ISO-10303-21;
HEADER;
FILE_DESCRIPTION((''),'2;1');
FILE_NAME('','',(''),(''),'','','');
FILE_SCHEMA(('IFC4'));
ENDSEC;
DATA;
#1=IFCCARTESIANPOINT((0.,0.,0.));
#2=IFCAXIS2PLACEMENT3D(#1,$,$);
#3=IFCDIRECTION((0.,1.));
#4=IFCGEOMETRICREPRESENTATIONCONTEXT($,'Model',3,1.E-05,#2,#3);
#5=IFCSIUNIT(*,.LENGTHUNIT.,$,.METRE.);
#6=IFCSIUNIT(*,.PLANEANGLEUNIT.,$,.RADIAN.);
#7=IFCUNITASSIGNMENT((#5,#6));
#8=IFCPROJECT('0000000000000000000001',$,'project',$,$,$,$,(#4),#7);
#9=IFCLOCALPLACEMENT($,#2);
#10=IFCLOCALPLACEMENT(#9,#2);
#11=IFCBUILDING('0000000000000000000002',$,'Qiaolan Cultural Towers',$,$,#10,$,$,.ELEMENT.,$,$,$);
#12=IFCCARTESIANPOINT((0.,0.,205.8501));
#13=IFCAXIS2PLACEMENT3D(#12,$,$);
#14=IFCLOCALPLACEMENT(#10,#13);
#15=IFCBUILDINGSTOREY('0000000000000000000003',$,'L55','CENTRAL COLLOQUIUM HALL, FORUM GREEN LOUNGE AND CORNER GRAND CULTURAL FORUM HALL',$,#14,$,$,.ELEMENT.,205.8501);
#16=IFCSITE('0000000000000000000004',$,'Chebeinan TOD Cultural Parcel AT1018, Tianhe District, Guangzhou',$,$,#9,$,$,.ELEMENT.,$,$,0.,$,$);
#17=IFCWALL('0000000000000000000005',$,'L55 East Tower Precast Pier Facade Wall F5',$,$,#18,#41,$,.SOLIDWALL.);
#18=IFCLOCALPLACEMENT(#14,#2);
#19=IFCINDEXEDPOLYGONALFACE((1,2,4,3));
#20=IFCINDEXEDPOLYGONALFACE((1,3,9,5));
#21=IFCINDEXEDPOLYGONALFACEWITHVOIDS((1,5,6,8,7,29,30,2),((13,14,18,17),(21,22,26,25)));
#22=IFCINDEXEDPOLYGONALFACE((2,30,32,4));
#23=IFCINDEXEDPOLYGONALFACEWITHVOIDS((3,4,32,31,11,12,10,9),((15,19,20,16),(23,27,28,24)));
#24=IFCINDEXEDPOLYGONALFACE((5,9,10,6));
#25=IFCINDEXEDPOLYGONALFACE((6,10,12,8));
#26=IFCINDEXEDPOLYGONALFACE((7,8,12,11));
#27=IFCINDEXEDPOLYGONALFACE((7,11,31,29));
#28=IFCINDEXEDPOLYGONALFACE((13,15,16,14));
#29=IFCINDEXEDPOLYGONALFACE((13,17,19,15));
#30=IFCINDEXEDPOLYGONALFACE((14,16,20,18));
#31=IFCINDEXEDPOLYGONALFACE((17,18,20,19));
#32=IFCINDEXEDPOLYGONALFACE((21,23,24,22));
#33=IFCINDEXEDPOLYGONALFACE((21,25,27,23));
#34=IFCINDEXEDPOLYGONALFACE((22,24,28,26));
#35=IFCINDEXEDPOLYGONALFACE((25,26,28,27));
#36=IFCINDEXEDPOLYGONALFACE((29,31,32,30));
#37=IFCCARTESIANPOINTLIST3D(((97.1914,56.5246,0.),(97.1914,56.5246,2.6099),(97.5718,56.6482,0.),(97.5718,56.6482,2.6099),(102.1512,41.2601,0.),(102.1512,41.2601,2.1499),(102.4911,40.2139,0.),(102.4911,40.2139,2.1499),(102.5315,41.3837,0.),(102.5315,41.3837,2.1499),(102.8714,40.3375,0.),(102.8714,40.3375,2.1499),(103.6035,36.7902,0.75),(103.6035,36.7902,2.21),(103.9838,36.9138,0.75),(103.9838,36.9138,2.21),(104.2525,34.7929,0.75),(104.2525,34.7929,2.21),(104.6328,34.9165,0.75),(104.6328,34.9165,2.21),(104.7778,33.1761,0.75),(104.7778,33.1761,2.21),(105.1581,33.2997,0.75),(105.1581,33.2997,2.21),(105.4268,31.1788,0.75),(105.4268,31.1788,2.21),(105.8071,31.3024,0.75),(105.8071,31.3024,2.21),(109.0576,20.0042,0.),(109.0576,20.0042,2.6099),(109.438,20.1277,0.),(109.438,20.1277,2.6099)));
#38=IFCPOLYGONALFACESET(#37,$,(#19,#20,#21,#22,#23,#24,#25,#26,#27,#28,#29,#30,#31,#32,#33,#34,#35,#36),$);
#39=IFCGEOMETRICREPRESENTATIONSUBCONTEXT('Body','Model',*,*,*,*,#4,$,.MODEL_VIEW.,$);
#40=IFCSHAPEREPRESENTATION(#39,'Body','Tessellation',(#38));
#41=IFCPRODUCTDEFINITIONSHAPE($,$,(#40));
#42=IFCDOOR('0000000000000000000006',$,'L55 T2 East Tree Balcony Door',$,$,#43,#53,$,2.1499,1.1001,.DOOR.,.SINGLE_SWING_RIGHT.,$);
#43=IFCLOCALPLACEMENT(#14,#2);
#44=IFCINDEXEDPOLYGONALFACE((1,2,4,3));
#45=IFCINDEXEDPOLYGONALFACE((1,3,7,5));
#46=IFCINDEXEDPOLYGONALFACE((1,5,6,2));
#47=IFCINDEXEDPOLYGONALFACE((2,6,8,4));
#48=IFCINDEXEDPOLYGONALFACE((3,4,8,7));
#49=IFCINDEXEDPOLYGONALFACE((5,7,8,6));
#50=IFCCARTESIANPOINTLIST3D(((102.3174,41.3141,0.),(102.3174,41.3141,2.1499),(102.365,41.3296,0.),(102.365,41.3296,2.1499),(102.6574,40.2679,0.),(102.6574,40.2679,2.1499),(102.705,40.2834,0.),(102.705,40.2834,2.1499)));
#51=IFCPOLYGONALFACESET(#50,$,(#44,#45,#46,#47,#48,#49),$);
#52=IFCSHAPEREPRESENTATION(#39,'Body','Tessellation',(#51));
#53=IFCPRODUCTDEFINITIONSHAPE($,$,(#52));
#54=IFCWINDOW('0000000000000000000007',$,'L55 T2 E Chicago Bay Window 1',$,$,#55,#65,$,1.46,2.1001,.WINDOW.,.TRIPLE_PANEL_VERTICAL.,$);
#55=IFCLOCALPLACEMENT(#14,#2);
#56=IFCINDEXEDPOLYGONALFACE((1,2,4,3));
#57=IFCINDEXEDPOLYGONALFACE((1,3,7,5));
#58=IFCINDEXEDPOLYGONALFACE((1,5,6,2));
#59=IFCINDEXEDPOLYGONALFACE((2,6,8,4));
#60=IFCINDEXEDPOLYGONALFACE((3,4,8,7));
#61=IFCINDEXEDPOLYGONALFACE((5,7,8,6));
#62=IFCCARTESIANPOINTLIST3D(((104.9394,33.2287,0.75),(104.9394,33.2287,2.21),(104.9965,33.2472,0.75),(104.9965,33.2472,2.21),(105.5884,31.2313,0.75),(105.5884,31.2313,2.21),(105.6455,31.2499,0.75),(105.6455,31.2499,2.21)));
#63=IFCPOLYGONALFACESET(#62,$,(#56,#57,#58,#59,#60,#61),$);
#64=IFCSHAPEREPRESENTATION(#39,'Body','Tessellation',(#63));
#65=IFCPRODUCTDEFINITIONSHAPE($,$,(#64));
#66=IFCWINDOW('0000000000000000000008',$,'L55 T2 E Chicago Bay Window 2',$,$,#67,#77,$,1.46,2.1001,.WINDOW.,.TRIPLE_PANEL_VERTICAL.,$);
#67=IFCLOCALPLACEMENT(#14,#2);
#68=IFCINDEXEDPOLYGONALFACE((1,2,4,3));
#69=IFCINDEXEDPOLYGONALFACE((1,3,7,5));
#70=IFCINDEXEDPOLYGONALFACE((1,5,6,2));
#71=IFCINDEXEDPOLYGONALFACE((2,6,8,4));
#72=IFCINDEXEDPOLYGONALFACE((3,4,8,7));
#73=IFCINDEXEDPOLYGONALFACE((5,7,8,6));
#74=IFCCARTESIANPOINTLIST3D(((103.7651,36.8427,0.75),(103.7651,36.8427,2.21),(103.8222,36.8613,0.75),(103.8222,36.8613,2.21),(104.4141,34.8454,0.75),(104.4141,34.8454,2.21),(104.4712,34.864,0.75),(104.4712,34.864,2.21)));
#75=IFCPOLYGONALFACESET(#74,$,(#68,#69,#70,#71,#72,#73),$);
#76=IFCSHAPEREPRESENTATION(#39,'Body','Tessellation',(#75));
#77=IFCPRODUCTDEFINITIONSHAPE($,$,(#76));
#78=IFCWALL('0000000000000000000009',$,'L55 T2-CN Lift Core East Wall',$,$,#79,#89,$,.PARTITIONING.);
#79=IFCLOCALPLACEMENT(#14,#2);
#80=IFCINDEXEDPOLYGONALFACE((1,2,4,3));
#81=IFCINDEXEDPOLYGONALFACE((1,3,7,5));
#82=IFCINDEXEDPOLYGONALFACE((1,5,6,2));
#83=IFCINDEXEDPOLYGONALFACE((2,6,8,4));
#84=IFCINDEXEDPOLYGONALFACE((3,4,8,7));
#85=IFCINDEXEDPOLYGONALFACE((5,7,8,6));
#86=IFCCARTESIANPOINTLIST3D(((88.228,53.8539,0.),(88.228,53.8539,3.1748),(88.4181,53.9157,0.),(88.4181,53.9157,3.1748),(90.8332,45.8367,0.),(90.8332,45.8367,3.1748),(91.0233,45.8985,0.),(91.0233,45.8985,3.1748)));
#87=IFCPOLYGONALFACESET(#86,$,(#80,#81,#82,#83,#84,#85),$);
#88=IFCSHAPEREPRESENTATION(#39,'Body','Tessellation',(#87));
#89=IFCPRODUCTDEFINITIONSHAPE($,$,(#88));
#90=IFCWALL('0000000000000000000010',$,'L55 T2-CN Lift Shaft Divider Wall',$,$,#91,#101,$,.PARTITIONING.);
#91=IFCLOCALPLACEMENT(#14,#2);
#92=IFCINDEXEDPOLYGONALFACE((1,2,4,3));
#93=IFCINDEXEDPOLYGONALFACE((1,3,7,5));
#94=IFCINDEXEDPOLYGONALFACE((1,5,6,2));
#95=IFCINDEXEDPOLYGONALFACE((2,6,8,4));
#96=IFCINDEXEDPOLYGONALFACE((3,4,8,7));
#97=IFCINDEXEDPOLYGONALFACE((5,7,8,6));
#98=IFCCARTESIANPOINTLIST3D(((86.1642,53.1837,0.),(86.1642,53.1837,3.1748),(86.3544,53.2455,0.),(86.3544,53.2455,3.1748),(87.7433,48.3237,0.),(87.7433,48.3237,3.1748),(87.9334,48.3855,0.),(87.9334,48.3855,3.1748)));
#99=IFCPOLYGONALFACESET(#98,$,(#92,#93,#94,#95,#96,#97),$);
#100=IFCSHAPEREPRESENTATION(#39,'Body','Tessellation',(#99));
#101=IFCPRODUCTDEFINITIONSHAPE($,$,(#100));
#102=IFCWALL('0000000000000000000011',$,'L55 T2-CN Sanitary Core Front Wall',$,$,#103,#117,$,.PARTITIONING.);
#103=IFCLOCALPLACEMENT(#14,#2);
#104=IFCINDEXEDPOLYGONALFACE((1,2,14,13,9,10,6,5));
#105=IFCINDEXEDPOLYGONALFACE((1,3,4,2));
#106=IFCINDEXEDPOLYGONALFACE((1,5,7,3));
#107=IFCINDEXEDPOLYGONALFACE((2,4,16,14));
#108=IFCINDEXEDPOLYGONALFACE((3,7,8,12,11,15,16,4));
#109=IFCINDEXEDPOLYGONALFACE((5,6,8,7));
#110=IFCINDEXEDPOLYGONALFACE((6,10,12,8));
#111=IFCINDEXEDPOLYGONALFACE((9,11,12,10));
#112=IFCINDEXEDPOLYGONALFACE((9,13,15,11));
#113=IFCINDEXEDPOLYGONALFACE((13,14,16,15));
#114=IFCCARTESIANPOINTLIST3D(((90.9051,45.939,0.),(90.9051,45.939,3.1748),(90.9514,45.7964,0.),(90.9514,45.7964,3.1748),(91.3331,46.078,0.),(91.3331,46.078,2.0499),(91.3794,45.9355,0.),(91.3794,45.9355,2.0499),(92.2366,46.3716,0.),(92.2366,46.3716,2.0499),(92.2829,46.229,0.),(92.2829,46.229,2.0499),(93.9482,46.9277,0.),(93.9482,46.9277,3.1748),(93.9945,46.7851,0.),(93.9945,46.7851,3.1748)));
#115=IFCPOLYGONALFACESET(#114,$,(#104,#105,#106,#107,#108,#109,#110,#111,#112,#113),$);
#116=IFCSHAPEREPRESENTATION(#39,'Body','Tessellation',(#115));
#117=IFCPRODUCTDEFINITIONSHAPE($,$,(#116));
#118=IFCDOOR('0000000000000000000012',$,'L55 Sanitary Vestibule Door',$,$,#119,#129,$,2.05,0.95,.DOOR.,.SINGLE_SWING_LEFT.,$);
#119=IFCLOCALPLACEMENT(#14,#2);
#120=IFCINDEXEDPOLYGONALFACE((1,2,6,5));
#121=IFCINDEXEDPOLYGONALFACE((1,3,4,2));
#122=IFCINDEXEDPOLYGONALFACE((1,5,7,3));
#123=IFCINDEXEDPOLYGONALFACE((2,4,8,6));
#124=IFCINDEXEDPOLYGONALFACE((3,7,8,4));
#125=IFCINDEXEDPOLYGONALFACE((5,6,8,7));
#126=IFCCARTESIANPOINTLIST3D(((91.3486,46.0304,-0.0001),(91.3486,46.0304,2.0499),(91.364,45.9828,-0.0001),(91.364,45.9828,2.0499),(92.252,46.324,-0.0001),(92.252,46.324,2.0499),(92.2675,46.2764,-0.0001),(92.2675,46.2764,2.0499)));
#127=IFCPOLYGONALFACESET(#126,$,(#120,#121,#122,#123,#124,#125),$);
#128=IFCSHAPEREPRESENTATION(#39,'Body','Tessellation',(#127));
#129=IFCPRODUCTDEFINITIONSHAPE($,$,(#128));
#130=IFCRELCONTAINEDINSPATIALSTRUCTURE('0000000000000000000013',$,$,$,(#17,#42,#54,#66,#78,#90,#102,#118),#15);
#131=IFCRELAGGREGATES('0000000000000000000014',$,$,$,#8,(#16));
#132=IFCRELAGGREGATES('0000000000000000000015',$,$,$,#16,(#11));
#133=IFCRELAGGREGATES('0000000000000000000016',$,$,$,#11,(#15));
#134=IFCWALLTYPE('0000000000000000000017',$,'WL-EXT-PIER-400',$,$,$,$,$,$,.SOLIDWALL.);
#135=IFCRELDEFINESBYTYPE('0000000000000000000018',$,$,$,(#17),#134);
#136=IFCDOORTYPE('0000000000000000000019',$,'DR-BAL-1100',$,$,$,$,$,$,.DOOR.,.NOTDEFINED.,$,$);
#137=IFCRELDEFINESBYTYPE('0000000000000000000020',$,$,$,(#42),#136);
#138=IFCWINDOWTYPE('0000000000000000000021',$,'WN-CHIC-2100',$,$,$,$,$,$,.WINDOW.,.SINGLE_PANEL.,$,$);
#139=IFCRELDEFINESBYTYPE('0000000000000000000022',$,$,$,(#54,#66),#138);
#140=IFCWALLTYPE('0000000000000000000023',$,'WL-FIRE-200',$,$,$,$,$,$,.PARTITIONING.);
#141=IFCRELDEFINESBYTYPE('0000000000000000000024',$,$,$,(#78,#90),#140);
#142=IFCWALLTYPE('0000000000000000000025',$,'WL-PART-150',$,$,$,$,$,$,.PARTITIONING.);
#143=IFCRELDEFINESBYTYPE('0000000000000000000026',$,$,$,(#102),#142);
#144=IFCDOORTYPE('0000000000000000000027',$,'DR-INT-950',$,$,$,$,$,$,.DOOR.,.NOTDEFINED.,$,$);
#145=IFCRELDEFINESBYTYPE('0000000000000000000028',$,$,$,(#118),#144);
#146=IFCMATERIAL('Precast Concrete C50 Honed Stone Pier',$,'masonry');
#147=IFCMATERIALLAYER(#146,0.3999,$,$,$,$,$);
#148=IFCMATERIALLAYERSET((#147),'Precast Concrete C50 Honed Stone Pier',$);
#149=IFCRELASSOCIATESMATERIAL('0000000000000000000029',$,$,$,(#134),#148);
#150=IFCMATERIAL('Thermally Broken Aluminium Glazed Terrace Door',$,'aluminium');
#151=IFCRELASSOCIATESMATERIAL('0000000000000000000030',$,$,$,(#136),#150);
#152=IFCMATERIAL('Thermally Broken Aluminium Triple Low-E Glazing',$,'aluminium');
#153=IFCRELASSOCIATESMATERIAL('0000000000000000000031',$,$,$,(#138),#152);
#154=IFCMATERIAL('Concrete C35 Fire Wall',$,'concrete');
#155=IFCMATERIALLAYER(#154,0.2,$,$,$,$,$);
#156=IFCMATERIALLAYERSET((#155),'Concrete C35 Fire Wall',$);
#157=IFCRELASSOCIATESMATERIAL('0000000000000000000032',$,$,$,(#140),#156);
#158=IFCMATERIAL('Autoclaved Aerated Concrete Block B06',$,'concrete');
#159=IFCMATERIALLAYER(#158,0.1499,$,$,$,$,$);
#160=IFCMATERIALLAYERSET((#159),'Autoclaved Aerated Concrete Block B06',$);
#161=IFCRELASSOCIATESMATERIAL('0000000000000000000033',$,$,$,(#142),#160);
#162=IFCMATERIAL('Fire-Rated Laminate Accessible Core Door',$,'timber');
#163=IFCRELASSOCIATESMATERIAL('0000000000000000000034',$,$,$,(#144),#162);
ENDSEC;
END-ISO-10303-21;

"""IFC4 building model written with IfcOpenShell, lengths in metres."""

from ifc_helpers import new_model, si_unit, direction, frame, frame_2d, origin, place, context, subcontext, project, spatial, rectangle, extrude, material, layer, layer_set, type_object, element, fill, save


model = new_model("IFC4")

# Units and contexts
model_context = context("Model", 3, precision=1e-05, world=origin(), true_north=direction((0.0, 1.0)))
body_context = subcontext(model_context, "Body", "Model", "MODEL_VIEW")
ifc_project = project(units=[si_unit("LENGTHUNIT", "METRE"), si_unit("PLANEANGLEUNIT", "RADIAN")], contexts=[model_context])

# Site, building, storey
site_placement = place(None, origin())
site = spatial("IfcSite", under=ifc_project, at=site_placement, Name="Chebeinan TOD Cultural Parcel AT1018, Tianhe District, Guangzhou", CompositionType="ELEMENT", RefElevation=0.0)
building_placement = place(site_placement, origin())
building = spatial("IfcBuilding", under=site, at=building_placement, Name="Qiaolan Cultural Towers", CompositionType="ELEMENT")
storey_placement = place(building_placement, frame((0.0, 0.0, 205.8501)))
storey = spatial("IfcBuildingStorey", under=building, at=storey_placement, Name="L55", Description="CENTRAL COLLOQUIUM HALL, FORUM GREEN LOUNGE AND CORNER GRAND CULTURAL FORUM HALL", CompositionType="ELEMENT", Elevation=205.8501)

# Shared definitions
ifc_material_1 = material(Name="Precast Concrete C50 Honed Stone Pier", Category="masonry")
ifc_layer_1 = layer(ifc_material_1, 0.3999)
ifc_layer_set_1 = layer_set([ifc_layer_1], Name="Precast Concrete C50 Honed Stone Pier")
wall_type_1 = type_object("IfcWallType", Name="WL-EXT-PIER-400", PredefinedType="SOLIDWALL", material=ifc_layer_set_1)

# Wall, openings, door, windows
wall_1_placement = place(storey_placement, frame((97.3816, 56.5864, 0.0), z_axis=(0.0, 0.0, 1.0), x_axis=(0.309016, -0.951057, 0.0)))
wall_1 = element("IfcWall", 1, at=wall_1_placement, inside=storey, type_object=wall_type_1, Name="L55 East Tower Precast Pier Facade Wall F5", PredefinedType="SOLIDWALL", context=body_context, shape_type="SweptSolid", body=[
    extrude(rectangle(XDim=38.3999, YDim=0.3999, at=frame_2d((19.2, 0.0))), origin(), (0.0, 0.0, 1.0), 2.6099),
])
opening_1_placement = place(wall_1_placement, frame((24.55, 0.0, 0.75)))
opening_1 = element("IfcOpeningElement", 2, at=opening_1_placement, cuts=wall_1, PredefinedType="OPENING", context=body_context, shape_type="SweptSolid", body=[
    extrude(rectangle(XDim=2.1001, YDim=1.46, at=frame_2d((1.05, 0.73))), frame((0.0, 0.21, 0.0), z_axis=(0.0, -1.0, 0.0), x_axis=(1.0, 0.0, 0.0)), (0.0, 0.0, 1.0), 0.4199),
])
opening_2_placement = place(wall_1_placement, frame((20.75, 0.0, 0.75)))
opening_2 = element("IfcOpeningElement", 3, at=opening_2_placement, cuts=wall_1, PredefinedType="OPENING", context=body_context, shape_type="SweptSolid", body=[
    extrude(rectangle(XDim=2.1001, YDim=1.46, at=frame_2d((1.05, 0.73))), frame((0.0, 0.21, 0.0), z_axis=(0.0, -1.0, 0.0), x_axis=(1.0, 0.0, 0.0)), (0.0, 0.0, 1.0), 0.4199),
])
opening_3_placement = place(wall_1_placement, frame((16.05, 0.0, 0.0)))
opening_3 = element("IfcOpeningElement", 4, at=opening_3_placement, cuts=wall_1, PredefinedType="OPENING", context=body_context, shape_type="SweptSolid", body=[
    extrude(rectangle(XDim=1.1001, YDim=2.1499, at=frame_2d((0.55, 1.075))), frame((0.0, 0.21, 0.0), z_axis=(0.0, -1.0, 0.0), x_axis=(1.0, 0.0, 0.0)), (0.0, 0.0, 1.0), 0.4199),
])
ifc_material_2 = material(Name="Thermally Broken Aluminium Glazed Terrace Door", Category="aluminium")
door_type_1 = type_object("IfcDoorType", Name="DR-BAL-1100", OperationType="NOTDEFINED", PredefinedType="DOOR", material=ifc_material_2)
door_1_placement = place(opening_3_placement, origin())
door_1 = element("IfcDoor", 5, at=door_1_placement, inside=storey, type_object=door_type_1, Name="L55 T2 East Tree Balcony Door", OperationType="SINGLE_SWING_RIGHT", OverallHeight=2.1499, OverallWidth=1.1001, PredefinedType="DOOR", context=body_context, shape_type="SweptSolid", body=[
    extrude(rectangle(XDim=1.1001, YDim=2.1499, at=frame_2d((0.55, 1.075))), frame((0.0, 0.0249, 0.0), z_axis=(0.0, -1.0, 0.0), x_axis=(1.0, 0.0, 0.0)), (0.0, 0.0, 1.0), 0.05),
])
fill(opening_3, door_1)
ifc_material_3 = material(Name="Thermally Broken Aluminium Triple Low-E Glazing", Category="aluminium")
window_type = type_object("IfcWindowType", Name="WN-CHIC-2100", PartitioningType="SINGLE_PANEL", PredefinedType="WINDOW", material=ifc_material_3)
window_1_placement = place(opening_1_placement, origin())
window_1 = element("IfcWindow", 6, at=window_1_placement, inside=storey, type_object=window_type, Name="L55 T2 E Chicago Bay Window 1", OverallHeight=1.46, OverallWidth=2.1001, PartitioningType="TRIPLE_PANEL_VERTICAL", PredefinedType="WINDOW", context=body_context, shape_type="SweptSolid", body=[
    extrude(rectangle(XDim=2.1001, YDim=1.46, at=frame_2d((1.05, 0.73))), frame((0.0, 0.03, 0.0), z_axis=(0.0, -1.0, 0.0), x_axis=(1.0, 0.0, 0.0)), (0.0, 0.0, 1.0), 0.0601),
])
fill(opening_1, window_1)
window_2_placement = place(opening_2_placement, origin())
window_2 = element("IfcWindow", 7, at=window_2_placement, inside=storey, type_object=window_type, Name="L55 T2 E Chicago Bay Window 2", OverallHeight=1.46, OverallWidth=2.1001, PartitioningType="TRIPLE_PANEL_VERTICAL", PredefinedType="WINDOW", context=body_context, shape_type="SweptSolid", body=[
    extrude(rectangle(XDim=2.1001, YDim=1.46, at=frame_2d((1.05, 0.73))), frame((0.0, 0.03, 0.0), z_axis=(0.0, -1.0, 0.0), x_axis=(1.0, 0.0, 0.0)), (0.0, 0.0, 1.0), 0.0601),
])
fill(opening_2, window_2)

# Walls
ifc_material_4 = material(Name="Concrete C35 Fire Wall", Category="concrete")
ifc_layer_2 = layer(ifc_material_4, 0.2)
ifc_layer_set_2 = layer_set([ifc_layer_2], Name="Concrete C35 Fire Wall")
wall_type_2 = type_object("IfcWallType", Name="WL-FIRE-200", PredefinedType="PARTITIONING", material=ifc_layer_set_2)
wall_2_placement = place(storey_placement, frame((90.9282, 45.8677, 0.0), z_axis=(0.0, 0.0, 1.0), x_axis=(-0.309042, 0.951048, 0.0)))
element("IfcWall", 8, at=wall_2_placement, inside=storey, type_object=wall_type_2, Name="L55 T2-CN Lift Core East Wall", PredefinedType="PARTITIONING", context=body_context, shape_type="SweptSolid", body=[
    extrude(rectangle(XDim=8.4299, YDim=0.2, at=frame_2d((4.2148, 0.0))), origin(), (0.0, 0.0, 1.0), 3.1748),
])
wall_3_placement = place(storey_placement, frame((87.8384, 48.3545, 0.0), z_axis=(0.0, 0.0, 1.0), x_axis=(-0.309009, 0.951059, 0.0)))
element("IfcWall", 9, at=wall_3_placement, inside=storey, type_object=wall_type_2, Name="L55 T2-CN Lift Shaft Divider Wall", PredefinedType="PARTITIONING", context=body_context, shape_type="SweptSolid", body=[
    extrude(rectangle(XDim=5.1101, YDim=0.2, at=frame_2d((2.5552, 0.0))), origin(), (0.0, 0.0, 1.0), 3.1748),
])

# Wall, opening, door
ifc_material_5 = material(Name="Autoclaved Aerated Concrete Block B06", Category="concrete")
ifc_layer_3 = layer(ifc_material_5, 0.1499)
ifc_layer_set_3 = layer_set([ifc_layer_3], Name="Autoclaved Aerated Concrete Block B06")
wall_type_3 = type_object("IfcWallType", Name="WL-PART-150", PredefinedType="PARTITIONING", material=ifc_layer_set_3)
wall_4_placement = place(storey_placement, frame((90.9282, 45.8677, 0.0), z_axis=(0.0, 0.0, 1.0), x_axis=(0.951059, 0.309008, 0.0)))
wall_4 = element("IfcWall", 10, at=wall_4_placement, inside=storey, type_object=wall_type_3, Name="L55 T2-CN Sanitary Core Front Wall", PredefinedType="PARTITIONING", context=body_context, shape_type="SweptSolid", body=[
    extrude(rectangle(XDim=3.1997, YDim=0.1499, at=frame_2d((1.5999, 0.0))), origin(), (0.0, 0.0, 1.0), 3.1748),
])
opening_4_placement = place(wall_4_placement, frame((0.45, 0.0, 0.0)))
opening_4 = element("IfcOpeningElement", 11, at=opening_4_placement, cuts=wall_4, PredefinedType="OPENING", context=body_context, shape_type="SweptSolid", body=[
    extrude(rectangle(XDim=0.95, YDim=2.05, at=frame_2d((0.4751, 1.0249))), frame((0.0, 0.085, 0.0), z_axis=(0.0, -1.0, 0.0), x_axis=(1.0, 0.0, 0.0)), (0.0, 0.0, 1.0), 0.1699),
])
ifc_material_6 = material(Name="Fire-Rated Laminate Accessible Core Door", Category="timber")
door_type_2 = type_object("IfcDoorType", Name="DR-INT-950", OperationType="NOTDEFINED", PredefinedType="DOOR", material=ifc_material_6)
door_2_placement = place(opening_4_placement, origin())
door_2 = element("IfcDoor", 12, at=door_2_placement, inside=storey, type_object=door_type_2, Name="L55 Sanitary Vestibule Door", OperationType="SINGLE_SWING_LEFT", OverallHeight=2.05, OverallWidth=0.95, PredefinedType="DOOR", context=body_context, shape_type="SweptSolid", body=[
    extrude(rectangle(XDim=0.95, YDim=2.05, at=frame_2d((0.4751, 1.0249))), frame((0.0, 0.0249, 0.0), z_axis=(0.0, -1.0, 0.0), x_axis=(1.0, 0.0, 0.0)), (0.0, 0.0, 1.0), 0.05),
])
fill(opening_4, door_2)

save(model, "model.ifc")
